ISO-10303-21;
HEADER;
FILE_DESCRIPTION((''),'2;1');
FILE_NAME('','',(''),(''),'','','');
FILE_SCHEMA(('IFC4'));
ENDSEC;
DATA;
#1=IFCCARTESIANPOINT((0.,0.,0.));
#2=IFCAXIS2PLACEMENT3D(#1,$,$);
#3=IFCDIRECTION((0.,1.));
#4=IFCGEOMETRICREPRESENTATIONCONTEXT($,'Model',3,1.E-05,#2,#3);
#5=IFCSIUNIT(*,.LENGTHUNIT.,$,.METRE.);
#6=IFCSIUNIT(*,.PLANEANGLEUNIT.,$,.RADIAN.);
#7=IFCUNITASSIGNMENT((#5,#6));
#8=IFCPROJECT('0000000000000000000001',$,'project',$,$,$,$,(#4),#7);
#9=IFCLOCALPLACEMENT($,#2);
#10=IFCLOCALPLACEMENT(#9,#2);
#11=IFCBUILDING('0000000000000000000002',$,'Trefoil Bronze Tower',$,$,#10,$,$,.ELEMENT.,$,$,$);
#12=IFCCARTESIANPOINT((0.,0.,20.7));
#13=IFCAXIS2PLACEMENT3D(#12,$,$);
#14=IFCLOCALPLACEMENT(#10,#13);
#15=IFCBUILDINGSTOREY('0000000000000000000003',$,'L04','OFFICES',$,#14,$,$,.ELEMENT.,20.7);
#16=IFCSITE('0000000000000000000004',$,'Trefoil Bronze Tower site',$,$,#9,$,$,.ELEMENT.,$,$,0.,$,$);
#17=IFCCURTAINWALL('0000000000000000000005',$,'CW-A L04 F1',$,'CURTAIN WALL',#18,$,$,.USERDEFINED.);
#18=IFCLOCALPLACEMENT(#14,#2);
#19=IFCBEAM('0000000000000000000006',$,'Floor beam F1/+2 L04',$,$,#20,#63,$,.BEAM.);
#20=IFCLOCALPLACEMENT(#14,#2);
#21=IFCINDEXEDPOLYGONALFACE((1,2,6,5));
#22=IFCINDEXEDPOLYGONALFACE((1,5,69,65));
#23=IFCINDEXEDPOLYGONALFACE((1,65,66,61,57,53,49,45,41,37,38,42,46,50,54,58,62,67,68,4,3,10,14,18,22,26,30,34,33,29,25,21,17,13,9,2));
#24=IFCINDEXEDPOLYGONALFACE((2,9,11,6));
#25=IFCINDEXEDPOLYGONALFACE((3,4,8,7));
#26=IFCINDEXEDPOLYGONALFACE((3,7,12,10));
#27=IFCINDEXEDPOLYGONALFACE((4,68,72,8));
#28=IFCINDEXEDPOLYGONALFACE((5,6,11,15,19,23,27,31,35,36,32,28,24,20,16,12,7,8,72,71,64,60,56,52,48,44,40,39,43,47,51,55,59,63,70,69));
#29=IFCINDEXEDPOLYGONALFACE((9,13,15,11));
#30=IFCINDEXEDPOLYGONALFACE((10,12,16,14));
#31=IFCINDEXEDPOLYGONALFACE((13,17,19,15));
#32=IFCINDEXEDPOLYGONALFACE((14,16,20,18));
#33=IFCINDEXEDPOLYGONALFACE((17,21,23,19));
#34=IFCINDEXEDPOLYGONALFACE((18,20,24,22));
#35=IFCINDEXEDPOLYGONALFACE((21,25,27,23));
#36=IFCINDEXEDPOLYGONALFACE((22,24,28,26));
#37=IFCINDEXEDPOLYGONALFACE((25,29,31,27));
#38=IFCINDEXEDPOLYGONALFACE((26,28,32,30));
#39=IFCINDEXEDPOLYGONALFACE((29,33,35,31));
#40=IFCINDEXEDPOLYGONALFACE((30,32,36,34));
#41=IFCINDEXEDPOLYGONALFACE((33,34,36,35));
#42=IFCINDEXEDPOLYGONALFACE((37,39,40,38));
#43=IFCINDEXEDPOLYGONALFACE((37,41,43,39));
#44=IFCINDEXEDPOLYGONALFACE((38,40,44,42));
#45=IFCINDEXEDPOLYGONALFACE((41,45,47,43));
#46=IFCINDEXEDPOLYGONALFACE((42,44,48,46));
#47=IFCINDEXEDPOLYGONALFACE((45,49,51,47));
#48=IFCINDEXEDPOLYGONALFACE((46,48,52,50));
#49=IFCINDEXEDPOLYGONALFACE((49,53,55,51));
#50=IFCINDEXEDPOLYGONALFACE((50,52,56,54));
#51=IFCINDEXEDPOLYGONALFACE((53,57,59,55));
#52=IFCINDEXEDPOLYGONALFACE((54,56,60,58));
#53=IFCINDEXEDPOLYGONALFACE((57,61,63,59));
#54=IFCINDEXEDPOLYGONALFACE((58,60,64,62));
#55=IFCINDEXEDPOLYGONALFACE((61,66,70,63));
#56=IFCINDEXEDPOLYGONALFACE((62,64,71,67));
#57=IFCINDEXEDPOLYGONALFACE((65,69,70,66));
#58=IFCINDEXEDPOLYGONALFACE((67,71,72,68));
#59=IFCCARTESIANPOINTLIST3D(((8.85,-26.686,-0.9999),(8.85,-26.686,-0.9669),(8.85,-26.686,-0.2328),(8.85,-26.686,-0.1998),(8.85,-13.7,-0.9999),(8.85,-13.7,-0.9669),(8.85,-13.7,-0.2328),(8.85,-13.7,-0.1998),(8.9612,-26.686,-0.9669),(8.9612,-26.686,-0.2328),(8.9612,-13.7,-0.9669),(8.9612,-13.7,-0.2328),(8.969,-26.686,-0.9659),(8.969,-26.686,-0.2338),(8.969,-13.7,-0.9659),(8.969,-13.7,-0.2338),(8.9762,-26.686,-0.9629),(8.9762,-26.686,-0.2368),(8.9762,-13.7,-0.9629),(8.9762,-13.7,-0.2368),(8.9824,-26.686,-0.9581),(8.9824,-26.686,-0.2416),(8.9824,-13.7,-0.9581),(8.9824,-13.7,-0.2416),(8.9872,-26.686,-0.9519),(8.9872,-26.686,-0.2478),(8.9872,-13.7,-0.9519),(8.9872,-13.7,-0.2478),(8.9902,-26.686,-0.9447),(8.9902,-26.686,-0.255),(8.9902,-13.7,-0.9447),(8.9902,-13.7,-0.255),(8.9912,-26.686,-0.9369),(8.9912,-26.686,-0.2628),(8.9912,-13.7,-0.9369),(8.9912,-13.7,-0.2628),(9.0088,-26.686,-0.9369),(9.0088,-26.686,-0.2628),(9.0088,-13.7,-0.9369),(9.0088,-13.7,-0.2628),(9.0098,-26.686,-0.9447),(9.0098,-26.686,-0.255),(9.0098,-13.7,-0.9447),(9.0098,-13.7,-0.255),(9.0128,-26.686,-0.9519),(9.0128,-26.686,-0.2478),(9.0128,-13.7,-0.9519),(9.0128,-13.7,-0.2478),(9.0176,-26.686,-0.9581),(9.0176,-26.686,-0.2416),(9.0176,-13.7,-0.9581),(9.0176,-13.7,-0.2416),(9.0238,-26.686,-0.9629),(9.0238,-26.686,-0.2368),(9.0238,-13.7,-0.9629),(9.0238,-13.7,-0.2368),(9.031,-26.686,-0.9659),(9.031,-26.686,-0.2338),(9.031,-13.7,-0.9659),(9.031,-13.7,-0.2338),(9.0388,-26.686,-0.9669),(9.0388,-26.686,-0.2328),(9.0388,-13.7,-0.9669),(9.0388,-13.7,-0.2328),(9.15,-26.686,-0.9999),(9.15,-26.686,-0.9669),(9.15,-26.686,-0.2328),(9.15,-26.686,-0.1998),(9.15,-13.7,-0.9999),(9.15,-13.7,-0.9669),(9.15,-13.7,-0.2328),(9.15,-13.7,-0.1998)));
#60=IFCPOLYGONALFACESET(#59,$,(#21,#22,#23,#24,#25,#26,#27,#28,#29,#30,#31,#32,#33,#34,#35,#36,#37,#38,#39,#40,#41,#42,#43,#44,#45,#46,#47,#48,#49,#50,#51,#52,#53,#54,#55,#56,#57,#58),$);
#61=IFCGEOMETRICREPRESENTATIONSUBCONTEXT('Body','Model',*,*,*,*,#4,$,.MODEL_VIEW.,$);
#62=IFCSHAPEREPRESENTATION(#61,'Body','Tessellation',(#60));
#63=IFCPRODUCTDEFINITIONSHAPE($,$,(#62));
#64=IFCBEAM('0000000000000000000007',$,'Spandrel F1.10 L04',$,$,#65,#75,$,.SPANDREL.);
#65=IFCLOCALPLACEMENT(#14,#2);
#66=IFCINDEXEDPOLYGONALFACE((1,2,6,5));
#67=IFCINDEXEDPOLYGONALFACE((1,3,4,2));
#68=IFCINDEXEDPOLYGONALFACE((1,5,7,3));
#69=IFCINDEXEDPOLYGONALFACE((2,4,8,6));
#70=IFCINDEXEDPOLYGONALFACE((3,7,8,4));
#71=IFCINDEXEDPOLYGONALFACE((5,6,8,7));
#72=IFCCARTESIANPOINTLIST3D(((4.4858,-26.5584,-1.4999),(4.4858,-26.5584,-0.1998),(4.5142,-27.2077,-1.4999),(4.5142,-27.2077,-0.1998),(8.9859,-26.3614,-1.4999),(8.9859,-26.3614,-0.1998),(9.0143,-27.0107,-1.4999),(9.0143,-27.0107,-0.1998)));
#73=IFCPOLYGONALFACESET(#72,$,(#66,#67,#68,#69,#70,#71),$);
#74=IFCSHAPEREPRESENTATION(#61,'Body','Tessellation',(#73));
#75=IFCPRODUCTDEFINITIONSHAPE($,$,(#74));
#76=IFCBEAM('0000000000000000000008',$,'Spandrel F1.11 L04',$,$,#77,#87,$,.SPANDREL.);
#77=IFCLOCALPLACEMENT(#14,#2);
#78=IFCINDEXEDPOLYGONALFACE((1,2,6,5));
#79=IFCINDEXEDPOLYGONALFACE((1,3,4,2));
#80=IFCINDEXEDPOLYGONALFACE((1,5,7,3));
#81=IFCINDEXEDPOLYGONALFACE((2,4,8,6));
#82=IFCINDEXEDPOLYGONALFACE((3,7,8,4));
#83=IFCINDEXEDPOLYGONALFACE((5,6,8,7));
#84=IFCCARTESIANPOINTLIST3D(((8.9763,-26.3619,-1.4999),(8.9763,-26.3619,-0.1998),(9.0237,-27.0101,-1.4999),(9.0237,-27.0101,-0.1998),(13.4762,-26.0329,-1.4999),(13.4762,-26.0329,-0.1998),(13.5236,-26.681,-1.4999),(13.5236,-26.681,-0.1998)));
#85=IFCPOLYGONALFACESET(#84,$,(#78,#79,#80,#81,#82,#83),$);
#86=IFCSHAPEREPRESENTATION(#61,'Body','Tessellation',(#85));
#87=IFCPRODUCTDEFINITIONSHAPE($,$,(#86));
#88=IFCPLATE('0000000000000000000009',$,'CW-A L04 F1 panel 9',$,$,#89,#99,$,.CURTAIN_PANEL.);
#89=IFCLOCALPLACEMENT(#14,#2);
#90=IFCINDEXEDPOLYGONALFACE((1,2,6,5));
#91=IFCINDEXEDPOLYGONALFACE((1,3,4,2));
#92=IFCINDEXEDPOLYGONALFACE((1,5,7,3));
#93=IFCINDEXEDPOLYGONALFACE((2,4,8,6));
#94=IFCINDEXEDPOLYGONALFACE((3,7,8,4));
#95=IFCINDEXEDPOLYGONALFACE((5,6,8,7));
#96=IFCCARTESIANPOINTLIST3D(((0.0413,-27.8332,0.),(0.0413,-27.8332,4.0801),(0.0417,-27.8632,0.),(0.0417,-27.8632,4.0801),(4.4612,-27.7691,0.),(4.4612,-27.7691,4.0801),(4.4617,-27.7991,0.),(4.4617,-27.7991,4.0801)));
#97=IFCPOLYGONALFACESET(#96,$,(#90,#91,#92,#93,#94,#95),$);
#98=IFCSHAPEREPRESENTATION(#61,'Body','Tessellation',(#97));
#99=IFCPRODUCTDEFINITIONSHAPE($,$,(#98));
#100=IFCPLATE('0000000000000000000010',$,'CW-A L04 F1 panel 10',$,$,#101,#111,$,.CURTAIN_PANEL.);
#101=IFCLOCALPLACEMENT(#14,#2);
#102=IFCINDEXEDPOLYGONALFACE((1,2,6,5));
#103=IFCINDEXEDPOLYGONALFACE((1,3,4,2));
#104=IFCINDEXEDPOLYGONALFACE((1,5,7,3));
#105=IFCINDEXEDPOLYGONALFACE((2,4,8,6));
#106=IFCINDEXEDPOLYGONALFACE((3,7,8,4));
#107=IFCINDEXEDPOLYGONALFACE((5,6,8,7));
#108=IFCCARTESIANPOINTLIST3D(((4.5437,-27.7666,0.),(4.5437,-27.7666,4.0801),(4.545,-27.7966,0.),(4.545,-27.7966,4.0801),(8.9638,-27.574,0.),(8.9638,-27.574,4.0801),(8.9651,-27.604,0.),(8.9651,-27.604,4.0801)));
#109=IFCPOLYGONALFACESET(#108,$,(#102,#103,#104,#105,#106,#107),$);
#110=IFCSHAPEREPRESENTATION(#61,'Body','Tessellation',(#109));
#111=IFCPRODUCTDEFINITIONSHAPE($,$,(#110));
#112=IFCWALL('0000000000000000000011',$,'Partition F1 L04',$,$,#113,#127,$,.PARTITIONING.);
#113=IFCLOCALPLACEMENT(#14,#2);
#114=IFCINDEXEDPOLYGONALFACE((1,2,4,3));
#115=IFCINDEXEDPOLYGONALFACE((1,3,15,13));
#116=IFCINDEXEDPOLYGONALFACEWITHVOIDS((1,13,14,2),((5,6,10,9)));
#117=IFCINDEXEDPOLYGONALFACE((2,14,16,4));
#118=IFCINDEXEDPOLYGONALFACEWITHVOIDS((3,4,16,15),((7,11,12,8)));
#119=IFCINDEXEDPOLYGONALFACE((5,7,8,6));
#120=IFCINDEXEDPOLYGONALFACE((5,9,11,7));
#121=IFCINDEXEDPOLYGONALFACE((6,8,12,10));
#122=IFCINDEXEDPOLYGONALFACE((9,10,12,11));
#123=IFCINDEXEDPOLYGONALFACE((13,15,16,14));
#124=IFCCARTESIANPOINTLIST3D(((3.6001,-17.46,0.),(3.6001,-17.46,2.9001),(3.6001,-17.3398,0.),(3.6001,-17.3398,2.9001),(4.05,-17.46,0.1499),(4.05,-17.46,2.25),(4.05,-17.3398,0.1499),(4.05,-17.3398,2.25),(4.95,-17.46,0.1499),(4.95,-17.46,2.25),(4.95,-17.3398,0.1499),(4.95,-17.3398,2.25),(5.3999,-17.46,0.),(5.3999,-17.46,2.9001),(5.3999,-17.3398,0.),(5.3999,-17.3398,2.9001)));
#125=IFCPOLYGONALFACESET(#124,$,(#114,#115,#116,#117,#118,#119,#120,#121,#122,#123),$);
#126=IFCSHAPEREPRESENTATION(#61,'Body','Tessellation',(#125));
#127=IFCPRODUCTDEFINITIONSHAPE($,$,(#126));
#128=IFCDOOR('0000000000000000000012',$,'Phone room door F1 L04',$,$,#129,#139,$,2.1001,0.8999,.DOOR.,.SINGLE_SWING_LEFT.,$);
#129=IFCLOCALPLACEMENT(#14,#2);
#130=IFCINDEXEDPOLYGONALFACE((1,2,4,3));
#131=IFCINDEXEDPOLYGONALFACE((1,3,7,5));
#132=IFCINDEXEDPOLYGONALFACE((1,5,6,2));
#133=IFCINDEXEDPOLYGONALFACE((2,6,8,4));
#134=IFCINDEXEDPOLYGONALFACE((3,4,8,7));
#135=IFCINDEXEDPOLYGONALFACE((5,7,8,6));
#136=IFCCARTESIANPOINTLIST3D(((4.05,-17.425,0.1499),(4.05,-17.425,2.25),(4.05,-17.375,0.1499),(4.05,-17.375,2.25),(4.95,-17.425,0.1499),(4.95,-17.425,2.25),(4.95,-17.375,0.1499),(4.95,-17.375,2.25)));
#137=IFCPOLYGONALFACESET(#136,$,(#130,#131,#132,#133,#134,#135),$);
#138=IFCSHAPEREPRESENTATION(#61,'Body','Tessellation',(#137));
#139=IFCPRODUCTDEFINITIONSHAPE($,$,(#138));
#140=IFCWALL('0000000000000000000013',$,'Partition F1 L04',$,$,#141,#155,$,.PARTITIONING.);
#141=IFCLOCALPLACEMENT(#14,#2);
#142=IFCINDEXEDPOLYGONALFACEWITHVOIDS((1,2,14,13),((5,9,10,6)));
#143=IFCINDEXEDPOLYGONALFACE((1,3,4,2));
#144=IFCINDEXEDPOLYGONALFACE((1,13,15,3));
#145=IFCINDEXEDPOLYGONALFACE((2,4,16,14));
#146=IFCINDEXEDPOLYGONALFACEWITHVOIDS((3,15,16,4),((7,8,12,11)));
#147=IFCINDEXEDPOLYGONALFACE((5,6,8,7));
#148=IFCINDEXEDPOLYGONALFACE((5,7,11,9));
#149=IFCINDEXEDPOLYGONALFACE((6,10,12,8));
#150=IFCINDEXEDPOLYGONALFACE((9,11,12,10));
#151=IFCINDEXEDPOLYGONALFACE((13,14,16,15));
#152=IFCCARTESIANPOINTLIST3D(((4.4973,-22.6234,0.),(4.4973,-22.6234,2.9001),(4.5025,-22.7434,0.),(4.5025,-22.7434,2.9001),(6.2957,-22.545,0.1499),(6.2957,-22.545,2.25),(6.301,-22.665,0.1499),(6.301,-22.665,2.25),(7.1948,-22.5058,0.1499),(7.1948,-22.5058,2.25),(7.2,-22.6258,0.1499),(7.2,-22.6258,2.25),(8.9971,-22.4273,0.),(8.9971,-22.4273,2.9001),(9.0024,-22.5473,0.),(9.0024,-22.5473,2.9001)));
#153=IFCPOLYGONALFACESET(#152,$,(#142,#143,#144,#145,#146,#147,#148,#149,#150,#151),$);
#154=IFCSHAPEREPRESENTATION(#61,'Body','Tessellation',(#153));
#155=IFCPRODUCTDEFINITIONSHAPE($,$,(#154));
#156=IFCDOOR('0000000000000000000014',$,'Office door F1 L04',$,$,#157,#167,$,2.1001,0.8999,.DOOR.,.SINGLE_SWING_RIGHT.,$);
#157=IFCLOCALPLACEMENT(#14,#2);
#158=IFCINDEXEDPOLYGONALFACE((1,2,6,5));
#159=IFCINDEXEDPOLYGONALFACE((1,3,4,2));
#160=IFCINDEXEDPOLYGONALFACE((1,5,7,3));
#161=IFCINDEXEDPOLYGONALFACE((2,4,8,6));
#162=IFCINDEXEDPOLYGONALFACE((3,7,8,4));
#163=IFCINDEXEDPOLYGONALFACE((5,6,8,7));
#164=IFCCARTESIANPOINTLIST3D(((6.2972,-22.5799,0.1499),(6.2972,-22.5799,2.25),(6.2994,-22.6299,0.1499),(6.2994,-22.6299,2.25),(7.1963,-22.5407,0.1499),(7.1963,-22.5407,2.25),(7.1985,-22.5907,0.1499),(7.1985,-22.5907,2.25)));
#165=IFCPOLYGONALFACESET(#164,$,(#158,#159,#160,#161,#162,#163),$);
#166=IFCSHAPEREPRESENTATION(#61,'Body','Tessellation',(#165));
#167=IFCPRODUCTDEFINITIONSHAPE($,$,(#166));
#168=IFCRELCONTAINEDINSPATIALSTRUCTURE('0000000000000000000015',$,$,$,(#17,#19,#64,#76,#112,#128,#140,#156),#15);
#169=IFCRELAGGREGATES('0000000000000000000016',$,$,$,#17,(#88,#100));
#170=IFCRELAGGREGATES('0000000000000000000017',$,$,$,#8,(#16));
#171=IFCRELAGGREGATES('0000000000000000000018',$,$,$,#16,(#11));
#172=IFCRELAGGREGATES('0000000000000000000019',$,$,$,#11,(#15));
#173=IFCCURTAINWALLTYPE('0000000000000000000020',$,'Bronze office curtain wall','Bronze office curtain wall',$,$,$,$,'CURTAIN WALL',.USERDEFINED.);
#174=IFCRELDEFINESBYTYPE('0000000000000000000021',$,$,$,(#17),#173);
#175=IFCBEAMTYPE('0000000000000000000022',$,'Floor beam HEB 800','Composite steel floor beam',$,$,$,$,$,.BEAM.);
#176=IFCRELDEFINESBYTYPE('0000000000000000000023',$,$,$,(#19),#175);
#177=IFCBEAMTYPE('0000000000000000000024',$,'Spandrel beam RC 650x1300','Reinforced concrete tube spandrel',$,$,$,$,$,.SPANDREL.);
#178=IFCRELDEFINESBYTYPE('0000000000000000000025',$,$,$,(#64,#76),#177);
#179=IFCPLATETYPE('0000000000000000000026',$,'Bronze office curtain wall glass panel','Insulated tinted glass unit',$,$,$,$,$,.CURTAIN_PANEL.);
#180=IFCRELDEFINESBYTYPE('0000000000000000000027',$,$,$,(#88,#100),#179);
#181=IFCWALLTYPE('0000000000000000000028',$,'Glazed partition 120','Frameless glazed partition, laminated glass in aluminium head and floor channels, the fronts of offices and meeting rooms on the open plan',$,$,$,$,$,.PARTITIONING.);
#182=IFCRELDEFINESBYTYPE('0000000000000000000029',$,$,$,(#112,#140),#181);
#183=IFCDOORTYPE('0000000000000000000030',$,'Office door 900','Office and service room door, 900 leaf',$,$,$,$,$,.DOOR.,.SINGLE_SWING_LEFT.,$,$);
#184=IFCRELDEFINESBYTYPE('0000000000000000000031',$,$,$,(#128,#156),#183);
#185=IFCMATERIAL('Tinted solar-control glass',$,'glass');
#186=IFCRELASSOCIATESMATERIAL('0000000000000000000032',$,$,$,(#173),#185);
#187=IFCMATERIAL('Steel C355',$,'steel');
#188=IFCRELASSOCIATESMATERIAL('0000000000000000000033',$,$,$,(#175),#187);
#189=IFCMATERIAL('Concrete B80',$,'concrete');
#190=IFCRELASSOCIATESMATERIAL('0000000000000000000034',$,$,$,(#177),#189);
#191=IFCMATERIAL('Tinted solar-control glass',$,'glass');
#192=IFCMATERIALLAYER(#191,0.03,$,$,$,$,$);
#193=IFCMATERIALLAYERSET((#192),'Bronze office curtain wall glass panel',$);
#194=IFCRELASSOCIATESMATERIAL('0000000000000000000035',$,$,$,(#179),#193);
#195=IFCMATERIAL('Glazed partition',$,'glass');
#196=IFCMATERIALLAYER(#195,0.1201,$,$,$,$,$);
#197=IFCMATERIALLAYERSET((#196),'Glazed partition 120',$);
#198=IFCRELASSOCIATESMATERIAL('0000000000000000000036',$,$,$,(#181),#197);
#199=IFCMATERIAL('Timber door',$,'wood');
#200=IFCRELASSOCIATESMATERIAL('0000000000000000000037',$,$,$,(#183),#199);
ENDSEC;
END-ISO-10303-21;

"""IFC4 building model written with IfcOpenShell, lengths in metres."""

from ifc_helpers import new_model, si_unit, direction, frame, frame_2d, origin, origin_2d, place, context, subcontext, project, spatial, rectangle, i_section, extrude, material, layer, layer_set, material_profile, profile_set, type_object, element, fill, aggregate, save


model = new_model("IFC4")

# Units and contexts
model_context = context("Model", 3, precision=1e-05, world=origin(), true_north=direction((0.0, 1.0)))
body_context = subcontext(model_context, "Body", "Model", "MODEL_VIEW")
ifc_project = project(units=[si_unit("LENGTHUNIT", "METRE"), si_unit("PLANEANGLEUNIT", "RADIAN")], contexts=[model_context])

# Site, building, storey
site_placement = place(None, origin())
site = spatial("IfcSite", under=ifc_project, at=site_placement, Name="Trefoil Bronze Tower site", CompositionType="ELEMENT", RefElevation=0.0)
building_placement = place(site_placement, origin())
building = spatial("IfcBuilding", under=site, at=building_placement, Name="Trefoil Bronze Tower", CompositionType="ELEMENT")
storey_placement = place(building_placement, frame((0.0, 0.0, 20.7)))
storey = spatial("IfcBuildingStorey", under=building, at=storey_placement, Name="L04", Description="OFFICES", CompositionType="ELEMENT", Elevation=20.7)

# Curtain wall
ifc_material_1 = material(Name="Tinted solar-control glass", Category="glass")
curtain_wall_type = type_object("IfcCurtainWallType", Name="Bronze office curtain wall", Description="Bronze office curtain wall", ElementType="CURTAIN WALL", PredefinedType="USERDEFINED", material=ifc_material_1)
curtain_wall_placement = place(storey_placement, origin())
curtain_wall = element("IfcCurtainWall", 1, at=curtain_wall_placement, inside=storey, type_object=curtain_wall_type, Name="CW-A L04 F1", ObjectType="CURTAIN WALL", PredefinedType="USERDEFINED")

# Beams
ifc_material_2 = material(Name="Steel C355", Category="steel")
ifc_material_profile_1 = material_profile(ifc_material_2, i_section(OverallWidth=0.3, OverallDepth=0.8, WebThickness=0.0176, FlangeThickness=0.033, FilletRadius=0.03, at=origin_2d()), Name="HEB 800")
ifc_profile_set_1 = profile_set([ifc_material_profile_1], Name="Steel C355")
beam_type_1 = type_object("IfcBeamType", Name="Floor beam HEB 800", Description="Composite steel floor beam", PredefinedType="BEAM", material=ifc_profile_set_1)
beam_1_placement = place(storey_placement, frame((9.0, -26.686, -0.5999), z_axis=(0.0, 1.0, 0.0), x_axis=(-1.0, 0.0, 0.0)))
element("IfcBeam", 2, at=beam_1_placement, inside=storey, type_object=beam_type_1, Name="Floor beam F1/+2 L04", PredefinedType="BEAM", context=body_context, shape_type="SweptSolid", body=[
    extrude(i_section(OverallWidth=0.3, OverallDepth=0.8, WebThickness=0.0176, FlangeThickness=0.033, FilletRadius=0.03, at=origin_2d()), origin(), (0.0, 0.0, 1.0), 12.9861),
])
ifc_material_3 = material(Name="Concrete B80", Category="concrete")
ifc_material_profile_2 = material_profile(ifc_material_3, rectangle(XDim=0.6499, YDim=1.3, at=origin_2d()), Name="RC 650x1300")
ifc_profile_set_2 = profile_set([ifc_material_profile_2], Name="Concrete B80")
beam_type_2 = type_object("IfcBeamType", Name="Spandrel beam RC 650x1300", Description="Reinforced concrete tube spandrel", PredefinedType="SPANDREL", material=ifc_profile_set_2)
beam_2_placement = place(storey_placement, frame((4.5, -26.8831, -0.8499), z_axis=(0.999043, 0.043741, 0.0), x_axis=(-0.043741, 0.999043, 0.0)))
element("IfcBeam", 3, at=beam_2_placement, inside=storey, type_object=beam_type_2, Name="Spandrel F1.10 L04", PredefinedType="SPANDREL", context=body_context, shape_type="SweptSolid", body=[
    extrude(rectangle(XDim=0.6499, YDim=1.3, at=origin_2d()), origin(), (0.0, 0.0, 1.0), 4.5044),
])
beam_3_placement = place(storey_placement, frame((9.0, -26.686, -0.8499), z_axis=(0.997336, 0.072939, 0.0), x_axis=(-0.072939, 0.997336, 0.0)))
element("IfcBeam", 4, at=beam_3_placement, inside=storey, type_object=beam_type_2, Name="Spandrel F1.11 L04", PredefinedType="SPANDREL", context=body_context, shape_type="SweptSolid", body=[
    extrude(rectangle(XDim=0.6499, YDim=1.3, at=origin_2d()), origin(), (0.0, 0.0, 1.0), 4.512),
])

# Plates
ifc_material_4 = material(Name="Tinted solar-control glass", Category="glass")
ifc_layer_1 = layer(ifc_material_4, 0.03)
ifc_layer_set_1 = layer_set([ifc_layer_1], Name="Bronze office curtain wall glass panel")
plate_type = type_object("IfcPlateType", Name="Bronze office curtain wall glass panel", Description="Insulated tinted glass unit", PredefinedType="CURTAIN_PANEL", material=ifc_layer_set_1)
plate_1_placement = place(storey_placement, frame((2.2515, -27.8162, 0.0), z_axis=(0.0, 0.0, 1.0), x_axis=(0.999895, 0.014509, 0.0)))
plate_1 = element("IfcPlate", 5, at=plate_1_placement, type_object=plate_type, Name="CW-A L04 F1 panel 9", PredefinedType="CURTAIN_PANEL", context=body_context, shape_type="SweptSolid", body=[
    extrude(rectangle(XDim=4.4204, YDim=0.03, at=origin_2d()), origin(), (0.0, 0.0, 1.0), 4.0801),
])
plate_2_placement = place(storey_placement, frame((6.7544, -27.6853, 0.0), z_axis=(0.0, 0.0, 1.0), x_axis=(0.999052, 0.043528, 0.0)))
plate_2 = element("IfcPlate", 6, at=plate_2_placement, type_object=plate_type, Name="CW-A L04 F1 panel 10", PredefinedType="CURTAIN_PANEL", context=body_context, shape_type="SweptSolid", body=[
    extrude(rectangle(XDim=4.4243, YDim=0.03, at=origin_2d()), origin(), (0.0, 0.0, 1.0), 4.0801),
])
aggregate(curtain_wall, [plate_1, plate_2])

# Walls, openings, doors
ifc_material_5 = material(Name="Glazed partition", Category="glass")
ifc_layer_2 = layer(ifc_material_5, 0.1201)
ifc_layer_set_2 = layer_set([ifc_layer_2], Name="Glazed partition 120")
wall_type = type_object("IfcWallType", Name="Glazed partition 120", Description="Frameless glazed partition, laminated glass in aluminium head and floor channels, the fronts of offices and meeting rooms on the open plan", PredefinedType="PARTITIONING", material=ifc_layer_set_2)
wall_1_placement = place(storey_placement, frame((3.6001, -17.3999, 0.0), z_axis=(0.0, 0.0, 1.0), x_axis=(1.0, 0.0, 0.0)))
wall_1 = element("IfcWall", 7, at=wall_1_placement, inside=storey, type_object=wall_type, Name="Partition F1 L04", PredefinedType="PARTITIONING", context=body_context, shape_type="SweptSolid", body=[
    extrude(rectangle(XDim=1.7998, YDim=0.1201, at=frame_2d((0.8999, 0.0))), origin(), (0.0, 0.0, 1.0), 2.9001),
])
opening_1_placement = place(wall_1_placement, frame((0.45, 0.0, 0.1499)))
opening_1 = element("IfcOpeningElement", 8, at=opening_1_placement, cuts=wall_1, PredefinedType="OPENING", context=body_context, shape_type="SweptSolid", body=[
    extrude(rectangle(XDim=0.8999, YDim=2.1001, at=frame_2d((0.45, 1.05))), frame((0.0, 0.0701, 0.0), z_axis=(0.0, -1.0, 0.0), x_axis=(1.0, 0.0, 0.0)), (0.0, 0.0, 1.0), 0.1401),
])
ifc_material_6 = material(Name="Timber door", Category="wood")
door_type = type_object("IfcDoorType", Name="Office door 900", Description="Office and service room door, 900 leaf", OperationType="SINGLE_SWING_LEFT", PredefinedType="DOOR", material=ifc_material_6)
door_1_placement = place(opening_1_placement, origin())
door_1 = element("IfcDoor", 9, at=door_1_placement, inside=storey, type_object=door_type, Name="Phone room door F1 L04", OperationType="SINGLE_SWING_LEFT", OverallHeight=2.1001, OverallWidth=0.8999, PredefinedType="DOOR", context=body_context, shape_type="SweptSolid", body=[
    extrude(rectangle(XDim=0.8999, YDim=2.1001, at=frame_2d((0.45, 1.05))), frame((0.0, 0.0249, 0.0), z_axis=(0.0, -1.0, 0.0), x_axis=(1.0, 0.0, 0.0)), (0.0, 0.0, 1.0), 0.05),
])
fill(opening_1, door_1)
wall_2_placement = place(storey_placement, frame((4.5, -22.6833, 0.0), z_axis=(0.0, 0.0, 1.0), x_axis=(0.999052, 0.043524, 0.0)))
wall_2 = element("IfcWall", 10, at=wall_2_placement, inside=storey, type_object=wall_type, Name="Partition F1 L04", PredefinedType="PARTITIONING", context=body_context, shape_type="SweptSolid", body=[
    extrude(rectangle(XDim=4.5042, YDim=0.1201, at=frame_2d((2.252, 0.0))), origin(), (0.0, 0.0, 1.0), 2.9001),
])
opening_2_placement = place(wall_2_placement, frame((1.8, 0.0, 0.1499)))
opening_2 = element("IfcOpeningElement", 11, at=opening_2_placement, cuts=wall_2, PredefinedType="OPENING", context=body_context, shape_type="SweptSolid", body=[
    extrude(rectangle(XDim=0.8999, YDim=2.1001, at=frame_2d((0.45, 1.05))), frame((0.0, 0.0701, 0.0), z_axis=(0.0, -1.0, 0.0), x_axis=(1.0, 0.0, 0.0)), (0.0, 0.0, 1.0), 0.1401),
])
door_2_placement = place(opening_2_placement, frame((0.8999, 0.0, 0.0), z_axis=(0.0, 0.0, 1.0), x_axis=(-1.0, 0.0, 0.0)))
door_2 = element("IfcDoor", 12, at=door_2_placement, inside=storey, type_object=door_type, Name="Office door F1 L04", OperationType="SINGLE_SWING_RIGHT", OverallHeight=2.1001, OverallWidth=0.8999, PredefinedType="DOOR", context=body_context, shape_type="SweptSolid", body=[
    extrude(rectangle(XDim=0.8999, YDim=2.1001, at=frame_2d((0.45, 1.05))), frame((0.0, 0.0249, 0.0), z_axis=(0.0, -1.0, 0.0), x_axis=(1.0, 0.0, 0.0)), (0.0, 0.0, 1.0), 0.05),
])
fill(opening_2, door_2)

save(model, "model.ifc")
